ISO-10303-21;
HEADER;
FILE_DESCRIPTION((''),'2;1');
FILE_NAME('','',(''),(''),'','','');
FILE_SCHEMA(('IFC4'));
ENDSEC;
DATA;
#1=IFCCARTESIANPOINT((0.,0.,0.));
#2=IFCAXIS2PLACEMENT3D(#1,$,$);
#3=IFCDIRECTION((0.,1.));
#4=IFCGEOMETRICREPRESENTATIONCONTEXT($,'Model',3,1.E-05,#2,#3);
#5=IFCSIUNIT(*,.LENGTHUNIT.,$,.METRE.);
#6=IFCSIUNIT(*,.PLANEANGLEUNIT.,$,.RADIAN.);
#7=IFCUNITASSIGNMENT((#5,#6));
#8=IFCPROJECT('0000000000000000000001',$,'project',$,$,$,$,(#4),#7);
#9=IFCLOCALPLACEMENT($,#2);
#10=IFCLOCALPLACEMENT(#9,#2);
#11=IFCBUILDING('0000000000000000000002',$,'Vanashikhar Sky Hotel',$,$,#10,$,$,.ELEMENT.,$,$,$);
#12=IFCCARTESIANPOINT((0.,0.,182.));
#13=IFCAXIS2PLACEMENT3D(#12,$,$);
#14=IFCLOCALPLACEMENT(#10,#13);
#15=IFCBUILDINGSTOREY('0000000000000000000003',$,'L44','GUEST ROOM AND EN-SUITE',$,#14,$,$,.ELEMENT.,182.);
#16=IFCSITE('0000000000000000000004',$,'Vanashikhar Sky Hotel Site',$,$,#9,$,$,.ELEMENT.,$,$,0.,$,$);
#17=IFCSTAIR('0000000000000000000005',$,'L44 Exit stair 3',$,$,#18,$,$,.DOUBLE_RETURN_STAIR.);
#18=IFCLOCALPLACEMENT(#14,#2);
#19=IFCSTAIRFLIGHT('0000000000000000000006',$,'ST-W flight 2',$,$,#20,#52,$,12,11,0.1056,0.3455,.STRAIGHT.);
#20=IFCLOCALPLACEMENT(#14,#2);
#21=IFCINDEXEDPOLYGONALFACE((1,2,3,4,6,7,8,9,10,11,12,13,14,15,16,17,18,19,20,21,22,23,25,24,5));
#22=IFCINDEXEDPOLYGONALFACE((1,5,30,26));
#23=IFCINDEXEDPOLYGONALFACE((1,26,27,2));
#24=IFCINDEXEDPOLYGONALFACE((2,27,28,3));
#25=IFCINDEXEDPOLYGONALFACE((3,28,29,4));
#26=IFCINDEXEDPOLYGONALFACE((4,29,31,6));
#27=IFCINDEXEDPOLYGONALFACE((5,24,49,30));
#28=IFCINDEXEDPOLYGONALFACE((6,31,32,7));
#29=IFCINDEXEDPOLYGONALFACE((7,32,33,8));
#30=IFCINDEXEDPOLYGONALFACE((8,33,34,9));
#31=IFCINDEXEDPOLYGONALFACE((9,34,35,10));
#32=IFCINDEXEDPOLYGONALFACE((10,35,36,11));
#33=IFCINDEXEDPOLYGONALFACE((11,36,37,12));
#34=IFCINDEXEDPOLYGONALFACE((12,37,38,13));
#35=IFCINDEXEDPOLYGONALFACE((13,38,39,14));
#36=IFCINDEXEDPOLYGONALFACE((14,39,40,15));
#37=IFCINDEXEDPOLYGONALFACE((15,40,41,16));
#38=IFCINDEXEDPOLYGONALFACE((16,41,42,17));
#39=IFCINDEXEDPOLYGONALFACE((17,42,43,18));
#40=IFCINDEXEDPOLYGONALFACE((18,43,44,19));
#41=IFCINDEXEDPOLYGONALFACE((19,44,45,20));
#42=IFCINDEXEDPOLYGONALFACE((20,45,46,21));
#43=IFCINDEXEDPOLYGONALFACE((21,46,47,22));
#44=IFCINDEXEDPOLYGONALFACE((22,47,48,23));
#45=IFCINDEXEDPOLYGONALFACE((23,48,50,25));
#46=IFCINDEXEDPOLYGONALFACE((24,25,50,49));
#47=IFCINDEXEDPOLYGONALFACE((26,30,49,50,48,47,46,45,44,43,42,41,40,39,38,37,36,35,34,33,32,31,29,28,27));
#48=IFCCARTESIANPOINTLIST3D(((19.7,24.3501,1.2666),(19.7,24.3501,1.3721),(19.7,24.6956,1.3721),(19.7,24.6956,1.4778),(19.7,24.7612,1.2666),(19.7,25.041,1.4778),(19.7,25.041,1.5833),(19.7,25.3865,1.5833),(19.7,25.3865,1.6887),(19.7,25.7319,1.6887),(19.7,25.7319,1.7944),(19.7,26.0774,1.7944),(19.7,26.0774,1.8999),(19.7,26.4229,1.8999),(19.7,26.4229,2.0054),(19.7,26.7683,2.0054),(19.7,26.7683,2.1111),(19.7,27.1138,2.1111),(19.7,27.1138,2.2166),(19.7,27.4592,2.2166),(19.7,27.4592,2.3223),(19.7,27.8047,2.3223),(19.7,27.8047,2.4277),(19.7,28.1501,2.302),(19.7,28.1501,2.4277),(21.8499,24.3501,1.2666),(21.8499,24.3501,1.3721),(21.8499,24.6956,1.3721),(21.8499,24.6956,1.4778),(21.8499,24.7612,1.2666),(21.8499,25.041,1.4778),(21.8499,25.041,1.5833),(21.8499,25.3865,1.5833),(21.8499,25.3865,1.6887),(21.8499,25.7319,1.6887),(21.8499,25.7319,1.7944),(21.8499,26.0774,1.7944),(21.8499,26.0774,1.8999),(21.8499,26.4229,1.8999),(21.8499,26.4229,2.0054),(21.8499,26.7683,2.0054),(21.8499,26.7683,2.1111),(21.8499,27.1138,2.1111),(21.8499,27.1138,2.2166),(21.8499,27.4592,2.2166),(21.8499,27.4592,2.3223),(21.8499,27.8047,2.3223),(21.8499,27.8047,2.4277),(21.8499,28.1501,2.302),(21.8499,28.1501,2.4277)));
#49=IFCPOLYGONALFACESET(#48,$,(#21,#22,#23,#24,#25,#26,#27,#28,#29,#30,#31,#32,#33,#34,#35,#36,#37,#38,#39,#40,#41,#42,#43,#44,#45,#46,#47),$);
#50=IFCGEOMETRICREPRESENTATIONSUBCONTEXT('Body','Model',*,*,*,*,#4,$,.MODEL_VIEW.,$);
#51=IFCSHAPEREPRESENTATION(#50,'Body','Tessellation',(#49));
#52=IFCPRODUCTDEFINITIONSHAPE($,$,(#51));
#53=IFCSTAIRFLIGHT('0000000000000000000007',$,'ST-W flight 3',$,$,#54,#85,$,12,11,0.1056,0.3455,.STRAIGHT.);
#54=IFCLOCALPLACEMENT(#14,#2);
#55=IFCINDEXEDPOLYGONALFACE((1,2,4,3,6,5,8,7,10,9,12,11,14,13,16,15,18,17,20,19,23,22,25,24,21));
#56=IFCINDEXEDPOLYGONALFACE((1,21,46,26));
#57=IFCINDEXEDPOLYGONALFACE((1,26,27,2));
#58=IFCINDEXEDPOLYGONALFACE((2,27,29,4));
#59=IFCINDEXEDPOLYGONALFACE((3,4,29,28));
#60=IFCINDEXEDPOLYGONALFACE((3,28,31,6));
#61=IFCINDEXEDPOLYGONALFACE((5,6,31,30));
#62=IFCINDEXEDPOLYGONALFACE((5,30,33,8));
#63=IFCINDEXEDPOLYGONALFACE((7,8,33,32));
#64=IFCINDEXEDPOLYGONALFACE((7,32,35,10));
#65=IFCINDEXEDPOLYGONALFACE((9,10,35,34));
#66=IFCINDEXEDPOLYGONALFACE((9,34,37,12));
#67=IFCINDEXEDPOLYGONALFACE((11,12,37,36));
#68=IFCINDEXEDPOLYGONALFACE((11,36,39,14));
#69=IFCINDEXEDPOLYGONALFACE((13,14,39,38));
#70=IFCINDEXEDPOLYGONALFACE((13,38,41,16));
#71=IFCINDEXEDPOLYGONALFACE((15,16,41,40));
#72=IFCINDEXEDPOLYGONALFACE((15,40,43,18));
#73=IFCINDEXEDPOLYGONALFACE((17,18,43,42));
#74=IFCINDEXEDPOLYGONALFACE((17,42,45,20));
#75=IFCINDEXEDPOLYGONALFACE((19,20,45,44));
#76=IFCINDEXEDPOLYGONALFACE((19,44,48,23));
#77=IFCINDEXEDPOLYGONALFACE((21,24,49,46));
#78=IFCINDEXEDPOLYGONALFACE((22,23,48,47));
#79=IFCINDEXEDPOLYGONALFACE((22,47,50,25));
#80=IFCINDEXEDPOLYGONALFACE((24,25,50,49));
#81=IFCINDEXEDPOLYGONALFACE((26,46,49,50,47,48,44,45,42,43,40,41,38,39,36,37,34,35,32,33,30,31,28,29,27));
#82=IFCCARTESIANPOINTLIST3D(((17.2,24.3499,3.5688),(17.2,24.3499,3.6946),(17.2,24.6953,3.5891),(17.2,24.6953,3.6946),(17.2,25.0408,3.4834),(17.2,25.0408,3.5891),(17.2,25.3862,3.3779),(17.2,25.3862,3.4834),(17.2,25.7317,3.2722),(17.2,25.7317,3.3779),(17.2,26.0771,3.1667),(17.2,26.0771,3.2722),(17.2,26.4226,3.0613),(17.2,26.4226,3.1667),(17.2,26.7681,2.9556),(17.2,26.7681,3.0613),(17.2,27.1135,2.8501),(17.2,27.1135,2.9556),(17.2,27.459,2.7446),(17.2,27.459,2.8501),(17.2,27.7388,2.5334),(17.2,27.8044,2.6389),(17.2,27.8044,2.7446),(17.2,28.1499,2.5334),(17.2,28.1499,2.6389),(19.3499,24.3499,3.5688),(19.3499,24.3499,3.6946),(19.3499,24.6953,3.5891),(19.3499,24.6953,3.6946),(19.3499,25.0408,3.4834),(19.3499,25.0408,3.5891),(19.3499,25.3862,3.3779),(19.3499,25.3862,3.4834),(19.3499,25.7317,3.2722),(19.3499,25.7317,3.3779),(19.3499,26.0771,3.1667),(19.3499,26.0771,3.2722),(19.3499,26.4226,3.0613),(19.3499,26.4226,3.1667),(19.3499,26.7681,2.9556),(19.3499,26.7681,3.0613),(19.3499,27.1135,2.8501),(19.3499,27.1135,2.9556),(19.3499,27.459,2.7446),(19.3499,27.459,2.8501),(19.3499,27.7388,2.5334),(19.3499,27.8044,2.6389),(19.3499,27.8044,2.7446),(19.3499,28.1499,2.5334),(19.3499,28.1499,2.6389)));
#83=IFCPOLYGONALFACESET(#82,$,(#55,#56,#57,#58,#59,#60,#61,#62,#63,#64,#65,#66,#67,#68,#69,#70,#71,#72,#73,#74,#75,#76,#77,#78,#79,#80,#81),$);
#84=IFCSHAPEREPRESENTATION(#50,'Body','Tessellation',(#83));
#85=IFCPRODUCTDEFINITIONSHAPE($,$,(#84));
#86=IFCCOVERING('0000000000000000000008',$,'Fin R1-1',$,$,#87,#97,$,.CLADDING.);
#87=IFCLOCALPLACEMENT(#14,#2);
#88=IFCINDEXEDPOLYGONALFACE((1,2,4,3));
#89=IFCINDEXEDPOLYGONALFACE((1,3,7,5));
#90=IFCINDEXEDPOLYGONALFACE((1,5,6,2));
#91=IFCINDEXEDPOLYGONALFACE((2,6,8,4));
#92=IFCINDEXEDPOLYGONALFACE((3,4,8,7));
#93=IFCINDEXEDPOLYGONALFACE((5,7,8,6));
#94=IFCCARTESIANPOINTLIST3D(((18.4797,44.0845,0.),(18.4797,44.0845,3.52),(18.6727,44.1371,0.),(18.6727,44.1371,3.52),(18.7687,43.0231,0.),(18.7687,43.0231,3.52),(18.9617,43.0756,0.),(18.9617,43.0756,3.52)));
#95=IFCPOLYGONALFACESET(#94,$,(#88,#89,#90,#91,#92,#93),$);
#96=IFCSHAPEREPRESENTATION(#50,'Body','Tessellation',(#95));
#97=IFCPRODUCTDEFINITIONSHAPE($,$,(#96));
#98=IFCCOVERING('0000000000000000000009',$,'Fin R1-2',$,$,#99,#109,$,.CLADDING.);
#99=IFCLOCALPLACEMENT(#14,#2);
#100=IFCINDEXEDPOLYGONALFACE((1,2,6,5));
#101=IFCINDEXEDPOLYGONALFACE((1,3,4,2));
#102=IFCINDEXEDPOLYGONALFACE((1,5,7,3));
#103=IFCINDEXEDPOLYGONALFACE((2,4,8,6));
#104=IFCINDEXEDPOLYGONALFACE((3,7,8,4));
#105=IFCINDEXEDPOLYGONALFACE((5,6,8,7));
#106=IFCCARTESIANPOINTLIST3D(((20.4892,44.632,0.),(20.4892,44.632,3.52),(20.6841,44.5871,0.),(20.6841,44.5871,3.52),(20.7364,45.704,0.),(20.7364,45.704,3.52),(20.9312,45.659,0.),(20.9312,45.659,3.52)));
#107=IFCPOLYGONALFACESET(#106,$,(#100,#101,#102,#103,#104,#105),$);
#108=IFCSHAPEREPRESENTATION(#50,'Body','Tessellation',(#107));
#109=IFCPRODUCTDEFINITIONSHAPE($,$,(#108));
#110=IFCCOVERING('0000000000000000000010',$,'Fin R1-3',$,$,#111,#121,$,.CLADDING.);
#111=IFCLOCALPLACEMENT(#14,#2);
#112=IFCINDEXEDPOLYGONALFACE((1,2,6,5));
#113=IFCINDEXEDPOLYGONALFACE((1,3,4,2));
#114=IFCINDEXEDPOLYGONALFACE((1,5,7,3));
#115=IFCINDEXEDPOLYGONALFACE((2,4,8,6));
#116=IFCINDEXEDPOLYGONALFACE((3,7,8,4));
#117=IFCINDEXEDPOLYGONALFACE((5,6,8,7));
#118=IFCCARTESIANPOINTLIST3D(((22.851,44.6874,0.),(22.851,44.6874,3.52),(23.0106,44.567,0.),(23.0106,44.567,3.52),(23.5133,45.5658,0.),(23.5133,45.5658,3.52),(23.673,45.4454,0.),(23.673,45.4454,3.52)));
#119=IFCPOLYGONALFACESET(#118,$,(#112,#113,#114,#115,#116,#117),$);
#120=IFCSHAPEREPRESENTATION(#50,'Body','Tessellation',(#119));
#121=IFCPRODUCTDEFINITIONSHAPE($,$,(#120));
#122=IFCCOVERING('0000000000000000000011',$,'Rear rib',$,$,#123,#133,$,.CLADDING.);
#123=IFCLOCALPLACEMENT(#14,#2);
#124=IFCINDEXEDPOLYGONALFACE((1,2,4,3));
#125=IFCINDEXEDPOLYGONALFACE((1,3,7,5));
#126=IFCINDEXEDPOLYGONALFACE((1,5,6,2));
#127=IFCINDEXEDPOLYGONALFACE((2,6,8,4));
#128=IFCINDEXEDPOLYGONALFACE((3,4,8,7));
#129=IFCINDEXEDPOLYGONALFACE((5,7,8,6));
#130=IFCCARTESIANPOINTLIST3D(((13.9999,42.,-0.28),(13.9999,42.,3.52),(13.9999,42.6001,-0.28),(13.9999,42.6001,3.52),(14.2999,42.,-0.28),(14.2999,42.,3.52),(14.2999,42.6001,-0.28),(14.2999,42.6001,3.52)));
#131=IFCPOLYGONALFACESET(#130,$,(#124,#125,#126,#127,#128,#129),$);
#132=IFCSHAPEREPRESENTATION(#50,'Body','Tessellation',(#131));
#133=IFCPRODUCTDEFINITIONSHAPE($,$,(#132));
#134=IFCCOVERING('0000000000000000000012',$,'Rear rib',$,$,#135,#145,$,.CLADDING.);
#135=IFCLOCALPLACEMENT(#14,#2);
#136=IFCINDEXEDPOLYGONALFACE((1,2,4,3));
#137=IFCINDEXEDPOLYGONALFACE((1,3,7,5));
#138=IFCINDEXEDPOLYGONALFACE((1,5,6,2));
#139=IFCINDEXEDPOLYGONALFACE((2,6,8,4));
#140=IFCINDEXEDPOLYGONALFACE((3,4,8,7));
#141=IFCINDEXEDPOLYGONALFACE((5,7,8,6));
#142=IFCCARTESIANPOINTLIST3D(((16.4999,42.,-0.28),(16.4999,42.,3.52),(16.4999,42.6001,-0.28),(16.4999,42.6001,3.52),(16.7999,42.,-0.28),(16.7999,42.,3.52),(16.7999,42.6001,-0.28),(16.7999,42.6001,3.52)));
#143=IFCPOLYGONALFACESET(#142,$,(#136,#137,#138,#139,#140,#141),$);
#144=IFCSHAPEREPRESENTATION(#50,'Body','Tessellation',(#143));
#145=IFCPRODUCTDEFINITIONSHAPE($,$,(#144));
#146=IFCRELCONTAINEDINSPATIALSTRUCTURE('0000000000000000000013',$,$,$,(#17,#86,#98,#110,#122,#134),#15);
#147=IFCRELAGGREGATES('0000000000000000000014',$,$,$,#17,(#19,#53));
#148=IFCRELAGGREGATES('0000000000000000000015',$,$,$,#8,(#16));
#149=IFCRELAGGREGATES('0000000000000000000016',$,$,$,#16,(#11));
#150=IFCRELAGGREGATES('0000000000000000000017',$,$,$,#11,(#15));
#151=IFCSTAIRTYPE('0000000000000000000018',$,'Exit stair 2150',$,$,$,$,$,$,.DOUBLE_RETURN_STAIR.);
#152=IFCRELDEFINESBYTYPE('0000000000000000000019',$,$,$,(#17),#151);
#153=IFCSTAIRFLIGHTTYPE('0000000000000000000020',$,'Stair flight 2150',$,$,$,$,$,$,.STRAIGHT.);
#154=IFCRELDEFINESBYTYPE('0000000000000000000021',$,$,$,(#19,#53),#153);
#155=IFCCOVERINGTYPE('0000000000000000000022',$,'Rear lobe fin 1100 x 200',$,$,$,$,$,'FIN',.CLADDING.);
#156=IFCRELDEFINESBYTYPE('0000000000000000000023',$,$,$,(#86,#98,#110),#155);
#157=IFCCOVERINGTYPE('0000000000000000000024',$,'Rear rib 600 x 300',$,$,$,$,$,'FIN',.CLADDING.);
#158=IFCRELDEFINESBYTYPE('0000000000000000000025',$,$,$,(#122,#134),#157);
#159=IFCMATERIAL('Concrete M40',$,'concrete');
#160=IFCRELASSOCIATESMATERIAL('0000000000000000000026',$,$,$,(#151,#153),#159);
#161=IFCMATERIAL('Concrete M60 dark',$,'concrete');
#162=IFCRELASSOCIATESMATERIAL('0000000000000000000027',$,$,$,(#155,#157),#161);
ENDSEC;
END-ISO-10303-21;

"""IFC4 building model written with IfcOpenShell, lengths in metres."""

from ifc_helpers import new_model, si_unit, direction, frame, origin, origin_2d, place, context, subcontext, project, spatial, polyline, rectangle, outline, extrude, source, transform, mapped, material, material_profile, profile_set, type_object, element, aggregate, save


model = new_model("IFC4")

# Units and contexts
model_context = context("Model", 3, precision=1e-05, world=origin(), true_north=direction((0.0, 1.0)))
body_context = subcontext(model_context, "Body", "Model", "MODEL_VIEW")
ifc_project = project(units=[si_unit("LENGTHUNIT", "METRE"), si_unit("PLANEANGLEUNIT", "RADIAN")], contexts=[model_context])

# Site, building, storey
site_placement = place(None, origin())
site = spatial("IfcSite", under=ifc_project, at=site_placement, Name="Vanashikhar Sky Hotel Site", CompositionType="ELEMENT", RefElevation=0.0)
building_placement = place(site_placement, origin())
building = spatial("IfcBuilding", under=site, at=building_placement, Name="Vanashikhar Sky Hotel", CompositionType="ELEMENT")
storey_placement = place(building_placement, frame((0.0, 0.0, 182.0)))
storey = spatial("IfcBuildingStorey", under=building, at=storey_placement, Name="L44", Description="GUEST ROOM AND EN-SUITE", CompositionType="ELEMENT", Elevation=182.0)

# Stair, stair flights
ifc_material_1 = material(Name="Concrete M40", Category="concrete")
stair_type = type_object("IfcStairType", Name="Exit stair 2150", PredefinedType="DOUBLE_RETURN_STAIR", material=ifc_material_1)
stair_placement = place(storey_placement, origin())
stair = element("IfcStair", 1, at=stair_placement, inside=storey, type_object=stair_type, Name="L44 Exit stair 3", PredefinedType="DOUBLE_RETURN_STAIR")
stair_flight_type = type_object("IfcStairFlightType", Name="Stair flight 2150", PredefinedType="STRAIGHT", material=ifc_material_1)
shared_shape_1 = source(origin(), body_context, "Body", "SweptSolid", [
    extrude(outline(polyline([(0.0, 0.0), (0.0, 0.1055), (0.3455, 0.1055), (0.3455, 0.2112), (0.6909, 0.2112), (0.6909, 0.3167), (1.0364, 0.3167), (1.0364, 0.4221), (1.3818, 0.4221), (1.3818, 0.5278), (1.7273, 0.5278), (1.7273, 0.6333), (2.0728, 0.6333), (2.0728, 0.7388), (2.4182, 0.7388), (2.4182, 0.8445), (2.7637, 0.8445), (2.7637, 0.95), (3.1091, 0.95), (3.1091, 1.0557), (3.4546, 1.0557), (3.4546, 1.1611), (3.8, 1.1611), (3.8, 1.2666), (3.8, 1.0354), (0.4111, 0.0), (0.0, 0.0)])), frame((0.0, 1.075, 0.0), z_axis=(0.0, -1.0, 0.0), x_axis=(1.0, 0.0, 0.0)), (0.0, 0.0, 1.0), 2.1499),
])
stair_flight_1_placement = place(storey_placement, frame((20.7749, 24.3501, 1.2666), z_axis=(0.0, 0.0, 1.0), x_axis=(0.0, 1.0, 0.0)))
stair_flight_1 = element("IfcStairFlight", 2, at=stair_flight_1_placement, type_object=stair_flight_type, Name="ST-W flight 2", NumberOfRisers=12, NumberOfTreads=11, PredefinedType="STRAIGHT", RiserHeight=0.1056, TreadLength=0.3455, context=body_context, shape_type="MappedRepresentation", body=[
    mapped(shared_shape_1, transform((0.0, 0.0, 0.0), scale=1.0)),
])
stair_flight_2_placement = place(storey_placement, frame((18.2749, 28.1499, 2.5334), z_axis=(0.0, 0.0, 1.0), x_axis=(0.0, -1.0, 0.0)))
stair_flight_2 = element("IfcStairFlight", 3, at=stair_flight_2_placement, type_object=stair_flight_type, Name="ST-W flight 3", NumberOfRisers=12, NumberOfTreads=11, PredefinedType="STRAIGHT", RiserHeight=0.1056, TreadLength=0.3455, context=body_context, shape_type="MappedRepresentation", body=[
    mapped(shared_shape_1, transform((0.0, 0.0, 0.0), scale=1.0)),
])
aggregate(stair, [stair_flight_1, stair_flight_2])

# Coverings
ifc_material_2 = material(Name="Concrete M60 dark", Category="concrete")
ifc_material_profile_1 = material_profile(ifc_material_2, rectangle(XDim=1.1001, YDim=0.2, at=origin_2d()))
ifc_profile_set_1 = profile_set([ifc_material_profile_1], Name="Rear lobe fin 1100 x 200")
covering_type_1 = type_object("IfcCoveringType", Name="Rear lobe fin 1100 x 200", ElementType="FIN", PredefinedType="CLADDING", material=ifc_profile_set_1)
shared_shape_2 = source(origin(), body_context, "Body", "SweptSolid", [
    extrude(rectangle(XDim=1.1001, YDim=0.2, at=origin_2d()), origin(), (0.0, 0.0, 1.0), 3.52),
])
for number, where, z_axis, x_axis, name in (
    (4, (18.7207, 43.5801, 0.0), (0.0, 0.0, 1.0), (-0.262711, 0.964874, 0.0), "Fin R1-1"),
    (5, (20.7102, 45.1455, 0.0), (0.0, 0.0, 1.0), (0.224645, 0.974441, 0.0), "Fin R1-2"),
    (6, (23.262, 45.0664, 0.0), (0.0, 0.0, 1.0), (0.602066, 0.798446, 0.0), "Fin R1-3"),
):
    element("IfcCovering", number, at=place(storey_placement, frame(where, z_axis=z_axis, x_axis=x_axis)), inside=storey, type_object=covering_type_1, Name=name, PredefinedType="CLADDING", context=body_context, shape_type="MappedRepresentation", body=[
        mapped(shared_shape_2, transform((0.0, 0.0, 0.0), scale=1.0)),
    ])
ifc_material_profile_2 = material_profile(ifc_material_2, rectangle(XDim=0.6001, YDim=0.3, at=origin_2d()))
ifc_profile_set_2 = profile_set([ifc_material_profile_2], Name="Rear rib 600 x 300")
covering_type_2 = type_object("IfcCoveringType", Name="Rear rib 600 x 300", ElementType="FIN", PredefinedType="CLADDING", material=ifc_profile_set_2)
shared_shape_3 = source(origin(), body_context, "Body", "SweptSolid", [
    extrude(rectangle(XDim=0.6001, YDim=0.3, at=origin_2d()), origin(), (0.0, 0.0, 1.0), 3.8),
])
for number, where, z_axis, x_axis, name in (
    (7, (14.1499, 42.3, -0.28), (0.0, 0.0, 1.0), (0.0, 1.0, 0.0), "Rear rib"),
    (8, (16.6499, 42.3, -0.28), (0.0, 0.0, 1.0), (0.0, 1.0, 0.0), "Rear rib"),
):
    element("IfcCovering", number, at=place(storey_placement, frame(where, z_axis=z_axis, x_axis=x_axis)), inside=storey, type_object=covering_type_2, Name=name, PredefinedType="CLADDING", context=body_context, shape_type="MappedRepresentation", body=[
        mapped(shared_shape_3, transform((0.0, 0.0, 0.0), scale=1.0)),
    ])

save(model, "model.ifc")
